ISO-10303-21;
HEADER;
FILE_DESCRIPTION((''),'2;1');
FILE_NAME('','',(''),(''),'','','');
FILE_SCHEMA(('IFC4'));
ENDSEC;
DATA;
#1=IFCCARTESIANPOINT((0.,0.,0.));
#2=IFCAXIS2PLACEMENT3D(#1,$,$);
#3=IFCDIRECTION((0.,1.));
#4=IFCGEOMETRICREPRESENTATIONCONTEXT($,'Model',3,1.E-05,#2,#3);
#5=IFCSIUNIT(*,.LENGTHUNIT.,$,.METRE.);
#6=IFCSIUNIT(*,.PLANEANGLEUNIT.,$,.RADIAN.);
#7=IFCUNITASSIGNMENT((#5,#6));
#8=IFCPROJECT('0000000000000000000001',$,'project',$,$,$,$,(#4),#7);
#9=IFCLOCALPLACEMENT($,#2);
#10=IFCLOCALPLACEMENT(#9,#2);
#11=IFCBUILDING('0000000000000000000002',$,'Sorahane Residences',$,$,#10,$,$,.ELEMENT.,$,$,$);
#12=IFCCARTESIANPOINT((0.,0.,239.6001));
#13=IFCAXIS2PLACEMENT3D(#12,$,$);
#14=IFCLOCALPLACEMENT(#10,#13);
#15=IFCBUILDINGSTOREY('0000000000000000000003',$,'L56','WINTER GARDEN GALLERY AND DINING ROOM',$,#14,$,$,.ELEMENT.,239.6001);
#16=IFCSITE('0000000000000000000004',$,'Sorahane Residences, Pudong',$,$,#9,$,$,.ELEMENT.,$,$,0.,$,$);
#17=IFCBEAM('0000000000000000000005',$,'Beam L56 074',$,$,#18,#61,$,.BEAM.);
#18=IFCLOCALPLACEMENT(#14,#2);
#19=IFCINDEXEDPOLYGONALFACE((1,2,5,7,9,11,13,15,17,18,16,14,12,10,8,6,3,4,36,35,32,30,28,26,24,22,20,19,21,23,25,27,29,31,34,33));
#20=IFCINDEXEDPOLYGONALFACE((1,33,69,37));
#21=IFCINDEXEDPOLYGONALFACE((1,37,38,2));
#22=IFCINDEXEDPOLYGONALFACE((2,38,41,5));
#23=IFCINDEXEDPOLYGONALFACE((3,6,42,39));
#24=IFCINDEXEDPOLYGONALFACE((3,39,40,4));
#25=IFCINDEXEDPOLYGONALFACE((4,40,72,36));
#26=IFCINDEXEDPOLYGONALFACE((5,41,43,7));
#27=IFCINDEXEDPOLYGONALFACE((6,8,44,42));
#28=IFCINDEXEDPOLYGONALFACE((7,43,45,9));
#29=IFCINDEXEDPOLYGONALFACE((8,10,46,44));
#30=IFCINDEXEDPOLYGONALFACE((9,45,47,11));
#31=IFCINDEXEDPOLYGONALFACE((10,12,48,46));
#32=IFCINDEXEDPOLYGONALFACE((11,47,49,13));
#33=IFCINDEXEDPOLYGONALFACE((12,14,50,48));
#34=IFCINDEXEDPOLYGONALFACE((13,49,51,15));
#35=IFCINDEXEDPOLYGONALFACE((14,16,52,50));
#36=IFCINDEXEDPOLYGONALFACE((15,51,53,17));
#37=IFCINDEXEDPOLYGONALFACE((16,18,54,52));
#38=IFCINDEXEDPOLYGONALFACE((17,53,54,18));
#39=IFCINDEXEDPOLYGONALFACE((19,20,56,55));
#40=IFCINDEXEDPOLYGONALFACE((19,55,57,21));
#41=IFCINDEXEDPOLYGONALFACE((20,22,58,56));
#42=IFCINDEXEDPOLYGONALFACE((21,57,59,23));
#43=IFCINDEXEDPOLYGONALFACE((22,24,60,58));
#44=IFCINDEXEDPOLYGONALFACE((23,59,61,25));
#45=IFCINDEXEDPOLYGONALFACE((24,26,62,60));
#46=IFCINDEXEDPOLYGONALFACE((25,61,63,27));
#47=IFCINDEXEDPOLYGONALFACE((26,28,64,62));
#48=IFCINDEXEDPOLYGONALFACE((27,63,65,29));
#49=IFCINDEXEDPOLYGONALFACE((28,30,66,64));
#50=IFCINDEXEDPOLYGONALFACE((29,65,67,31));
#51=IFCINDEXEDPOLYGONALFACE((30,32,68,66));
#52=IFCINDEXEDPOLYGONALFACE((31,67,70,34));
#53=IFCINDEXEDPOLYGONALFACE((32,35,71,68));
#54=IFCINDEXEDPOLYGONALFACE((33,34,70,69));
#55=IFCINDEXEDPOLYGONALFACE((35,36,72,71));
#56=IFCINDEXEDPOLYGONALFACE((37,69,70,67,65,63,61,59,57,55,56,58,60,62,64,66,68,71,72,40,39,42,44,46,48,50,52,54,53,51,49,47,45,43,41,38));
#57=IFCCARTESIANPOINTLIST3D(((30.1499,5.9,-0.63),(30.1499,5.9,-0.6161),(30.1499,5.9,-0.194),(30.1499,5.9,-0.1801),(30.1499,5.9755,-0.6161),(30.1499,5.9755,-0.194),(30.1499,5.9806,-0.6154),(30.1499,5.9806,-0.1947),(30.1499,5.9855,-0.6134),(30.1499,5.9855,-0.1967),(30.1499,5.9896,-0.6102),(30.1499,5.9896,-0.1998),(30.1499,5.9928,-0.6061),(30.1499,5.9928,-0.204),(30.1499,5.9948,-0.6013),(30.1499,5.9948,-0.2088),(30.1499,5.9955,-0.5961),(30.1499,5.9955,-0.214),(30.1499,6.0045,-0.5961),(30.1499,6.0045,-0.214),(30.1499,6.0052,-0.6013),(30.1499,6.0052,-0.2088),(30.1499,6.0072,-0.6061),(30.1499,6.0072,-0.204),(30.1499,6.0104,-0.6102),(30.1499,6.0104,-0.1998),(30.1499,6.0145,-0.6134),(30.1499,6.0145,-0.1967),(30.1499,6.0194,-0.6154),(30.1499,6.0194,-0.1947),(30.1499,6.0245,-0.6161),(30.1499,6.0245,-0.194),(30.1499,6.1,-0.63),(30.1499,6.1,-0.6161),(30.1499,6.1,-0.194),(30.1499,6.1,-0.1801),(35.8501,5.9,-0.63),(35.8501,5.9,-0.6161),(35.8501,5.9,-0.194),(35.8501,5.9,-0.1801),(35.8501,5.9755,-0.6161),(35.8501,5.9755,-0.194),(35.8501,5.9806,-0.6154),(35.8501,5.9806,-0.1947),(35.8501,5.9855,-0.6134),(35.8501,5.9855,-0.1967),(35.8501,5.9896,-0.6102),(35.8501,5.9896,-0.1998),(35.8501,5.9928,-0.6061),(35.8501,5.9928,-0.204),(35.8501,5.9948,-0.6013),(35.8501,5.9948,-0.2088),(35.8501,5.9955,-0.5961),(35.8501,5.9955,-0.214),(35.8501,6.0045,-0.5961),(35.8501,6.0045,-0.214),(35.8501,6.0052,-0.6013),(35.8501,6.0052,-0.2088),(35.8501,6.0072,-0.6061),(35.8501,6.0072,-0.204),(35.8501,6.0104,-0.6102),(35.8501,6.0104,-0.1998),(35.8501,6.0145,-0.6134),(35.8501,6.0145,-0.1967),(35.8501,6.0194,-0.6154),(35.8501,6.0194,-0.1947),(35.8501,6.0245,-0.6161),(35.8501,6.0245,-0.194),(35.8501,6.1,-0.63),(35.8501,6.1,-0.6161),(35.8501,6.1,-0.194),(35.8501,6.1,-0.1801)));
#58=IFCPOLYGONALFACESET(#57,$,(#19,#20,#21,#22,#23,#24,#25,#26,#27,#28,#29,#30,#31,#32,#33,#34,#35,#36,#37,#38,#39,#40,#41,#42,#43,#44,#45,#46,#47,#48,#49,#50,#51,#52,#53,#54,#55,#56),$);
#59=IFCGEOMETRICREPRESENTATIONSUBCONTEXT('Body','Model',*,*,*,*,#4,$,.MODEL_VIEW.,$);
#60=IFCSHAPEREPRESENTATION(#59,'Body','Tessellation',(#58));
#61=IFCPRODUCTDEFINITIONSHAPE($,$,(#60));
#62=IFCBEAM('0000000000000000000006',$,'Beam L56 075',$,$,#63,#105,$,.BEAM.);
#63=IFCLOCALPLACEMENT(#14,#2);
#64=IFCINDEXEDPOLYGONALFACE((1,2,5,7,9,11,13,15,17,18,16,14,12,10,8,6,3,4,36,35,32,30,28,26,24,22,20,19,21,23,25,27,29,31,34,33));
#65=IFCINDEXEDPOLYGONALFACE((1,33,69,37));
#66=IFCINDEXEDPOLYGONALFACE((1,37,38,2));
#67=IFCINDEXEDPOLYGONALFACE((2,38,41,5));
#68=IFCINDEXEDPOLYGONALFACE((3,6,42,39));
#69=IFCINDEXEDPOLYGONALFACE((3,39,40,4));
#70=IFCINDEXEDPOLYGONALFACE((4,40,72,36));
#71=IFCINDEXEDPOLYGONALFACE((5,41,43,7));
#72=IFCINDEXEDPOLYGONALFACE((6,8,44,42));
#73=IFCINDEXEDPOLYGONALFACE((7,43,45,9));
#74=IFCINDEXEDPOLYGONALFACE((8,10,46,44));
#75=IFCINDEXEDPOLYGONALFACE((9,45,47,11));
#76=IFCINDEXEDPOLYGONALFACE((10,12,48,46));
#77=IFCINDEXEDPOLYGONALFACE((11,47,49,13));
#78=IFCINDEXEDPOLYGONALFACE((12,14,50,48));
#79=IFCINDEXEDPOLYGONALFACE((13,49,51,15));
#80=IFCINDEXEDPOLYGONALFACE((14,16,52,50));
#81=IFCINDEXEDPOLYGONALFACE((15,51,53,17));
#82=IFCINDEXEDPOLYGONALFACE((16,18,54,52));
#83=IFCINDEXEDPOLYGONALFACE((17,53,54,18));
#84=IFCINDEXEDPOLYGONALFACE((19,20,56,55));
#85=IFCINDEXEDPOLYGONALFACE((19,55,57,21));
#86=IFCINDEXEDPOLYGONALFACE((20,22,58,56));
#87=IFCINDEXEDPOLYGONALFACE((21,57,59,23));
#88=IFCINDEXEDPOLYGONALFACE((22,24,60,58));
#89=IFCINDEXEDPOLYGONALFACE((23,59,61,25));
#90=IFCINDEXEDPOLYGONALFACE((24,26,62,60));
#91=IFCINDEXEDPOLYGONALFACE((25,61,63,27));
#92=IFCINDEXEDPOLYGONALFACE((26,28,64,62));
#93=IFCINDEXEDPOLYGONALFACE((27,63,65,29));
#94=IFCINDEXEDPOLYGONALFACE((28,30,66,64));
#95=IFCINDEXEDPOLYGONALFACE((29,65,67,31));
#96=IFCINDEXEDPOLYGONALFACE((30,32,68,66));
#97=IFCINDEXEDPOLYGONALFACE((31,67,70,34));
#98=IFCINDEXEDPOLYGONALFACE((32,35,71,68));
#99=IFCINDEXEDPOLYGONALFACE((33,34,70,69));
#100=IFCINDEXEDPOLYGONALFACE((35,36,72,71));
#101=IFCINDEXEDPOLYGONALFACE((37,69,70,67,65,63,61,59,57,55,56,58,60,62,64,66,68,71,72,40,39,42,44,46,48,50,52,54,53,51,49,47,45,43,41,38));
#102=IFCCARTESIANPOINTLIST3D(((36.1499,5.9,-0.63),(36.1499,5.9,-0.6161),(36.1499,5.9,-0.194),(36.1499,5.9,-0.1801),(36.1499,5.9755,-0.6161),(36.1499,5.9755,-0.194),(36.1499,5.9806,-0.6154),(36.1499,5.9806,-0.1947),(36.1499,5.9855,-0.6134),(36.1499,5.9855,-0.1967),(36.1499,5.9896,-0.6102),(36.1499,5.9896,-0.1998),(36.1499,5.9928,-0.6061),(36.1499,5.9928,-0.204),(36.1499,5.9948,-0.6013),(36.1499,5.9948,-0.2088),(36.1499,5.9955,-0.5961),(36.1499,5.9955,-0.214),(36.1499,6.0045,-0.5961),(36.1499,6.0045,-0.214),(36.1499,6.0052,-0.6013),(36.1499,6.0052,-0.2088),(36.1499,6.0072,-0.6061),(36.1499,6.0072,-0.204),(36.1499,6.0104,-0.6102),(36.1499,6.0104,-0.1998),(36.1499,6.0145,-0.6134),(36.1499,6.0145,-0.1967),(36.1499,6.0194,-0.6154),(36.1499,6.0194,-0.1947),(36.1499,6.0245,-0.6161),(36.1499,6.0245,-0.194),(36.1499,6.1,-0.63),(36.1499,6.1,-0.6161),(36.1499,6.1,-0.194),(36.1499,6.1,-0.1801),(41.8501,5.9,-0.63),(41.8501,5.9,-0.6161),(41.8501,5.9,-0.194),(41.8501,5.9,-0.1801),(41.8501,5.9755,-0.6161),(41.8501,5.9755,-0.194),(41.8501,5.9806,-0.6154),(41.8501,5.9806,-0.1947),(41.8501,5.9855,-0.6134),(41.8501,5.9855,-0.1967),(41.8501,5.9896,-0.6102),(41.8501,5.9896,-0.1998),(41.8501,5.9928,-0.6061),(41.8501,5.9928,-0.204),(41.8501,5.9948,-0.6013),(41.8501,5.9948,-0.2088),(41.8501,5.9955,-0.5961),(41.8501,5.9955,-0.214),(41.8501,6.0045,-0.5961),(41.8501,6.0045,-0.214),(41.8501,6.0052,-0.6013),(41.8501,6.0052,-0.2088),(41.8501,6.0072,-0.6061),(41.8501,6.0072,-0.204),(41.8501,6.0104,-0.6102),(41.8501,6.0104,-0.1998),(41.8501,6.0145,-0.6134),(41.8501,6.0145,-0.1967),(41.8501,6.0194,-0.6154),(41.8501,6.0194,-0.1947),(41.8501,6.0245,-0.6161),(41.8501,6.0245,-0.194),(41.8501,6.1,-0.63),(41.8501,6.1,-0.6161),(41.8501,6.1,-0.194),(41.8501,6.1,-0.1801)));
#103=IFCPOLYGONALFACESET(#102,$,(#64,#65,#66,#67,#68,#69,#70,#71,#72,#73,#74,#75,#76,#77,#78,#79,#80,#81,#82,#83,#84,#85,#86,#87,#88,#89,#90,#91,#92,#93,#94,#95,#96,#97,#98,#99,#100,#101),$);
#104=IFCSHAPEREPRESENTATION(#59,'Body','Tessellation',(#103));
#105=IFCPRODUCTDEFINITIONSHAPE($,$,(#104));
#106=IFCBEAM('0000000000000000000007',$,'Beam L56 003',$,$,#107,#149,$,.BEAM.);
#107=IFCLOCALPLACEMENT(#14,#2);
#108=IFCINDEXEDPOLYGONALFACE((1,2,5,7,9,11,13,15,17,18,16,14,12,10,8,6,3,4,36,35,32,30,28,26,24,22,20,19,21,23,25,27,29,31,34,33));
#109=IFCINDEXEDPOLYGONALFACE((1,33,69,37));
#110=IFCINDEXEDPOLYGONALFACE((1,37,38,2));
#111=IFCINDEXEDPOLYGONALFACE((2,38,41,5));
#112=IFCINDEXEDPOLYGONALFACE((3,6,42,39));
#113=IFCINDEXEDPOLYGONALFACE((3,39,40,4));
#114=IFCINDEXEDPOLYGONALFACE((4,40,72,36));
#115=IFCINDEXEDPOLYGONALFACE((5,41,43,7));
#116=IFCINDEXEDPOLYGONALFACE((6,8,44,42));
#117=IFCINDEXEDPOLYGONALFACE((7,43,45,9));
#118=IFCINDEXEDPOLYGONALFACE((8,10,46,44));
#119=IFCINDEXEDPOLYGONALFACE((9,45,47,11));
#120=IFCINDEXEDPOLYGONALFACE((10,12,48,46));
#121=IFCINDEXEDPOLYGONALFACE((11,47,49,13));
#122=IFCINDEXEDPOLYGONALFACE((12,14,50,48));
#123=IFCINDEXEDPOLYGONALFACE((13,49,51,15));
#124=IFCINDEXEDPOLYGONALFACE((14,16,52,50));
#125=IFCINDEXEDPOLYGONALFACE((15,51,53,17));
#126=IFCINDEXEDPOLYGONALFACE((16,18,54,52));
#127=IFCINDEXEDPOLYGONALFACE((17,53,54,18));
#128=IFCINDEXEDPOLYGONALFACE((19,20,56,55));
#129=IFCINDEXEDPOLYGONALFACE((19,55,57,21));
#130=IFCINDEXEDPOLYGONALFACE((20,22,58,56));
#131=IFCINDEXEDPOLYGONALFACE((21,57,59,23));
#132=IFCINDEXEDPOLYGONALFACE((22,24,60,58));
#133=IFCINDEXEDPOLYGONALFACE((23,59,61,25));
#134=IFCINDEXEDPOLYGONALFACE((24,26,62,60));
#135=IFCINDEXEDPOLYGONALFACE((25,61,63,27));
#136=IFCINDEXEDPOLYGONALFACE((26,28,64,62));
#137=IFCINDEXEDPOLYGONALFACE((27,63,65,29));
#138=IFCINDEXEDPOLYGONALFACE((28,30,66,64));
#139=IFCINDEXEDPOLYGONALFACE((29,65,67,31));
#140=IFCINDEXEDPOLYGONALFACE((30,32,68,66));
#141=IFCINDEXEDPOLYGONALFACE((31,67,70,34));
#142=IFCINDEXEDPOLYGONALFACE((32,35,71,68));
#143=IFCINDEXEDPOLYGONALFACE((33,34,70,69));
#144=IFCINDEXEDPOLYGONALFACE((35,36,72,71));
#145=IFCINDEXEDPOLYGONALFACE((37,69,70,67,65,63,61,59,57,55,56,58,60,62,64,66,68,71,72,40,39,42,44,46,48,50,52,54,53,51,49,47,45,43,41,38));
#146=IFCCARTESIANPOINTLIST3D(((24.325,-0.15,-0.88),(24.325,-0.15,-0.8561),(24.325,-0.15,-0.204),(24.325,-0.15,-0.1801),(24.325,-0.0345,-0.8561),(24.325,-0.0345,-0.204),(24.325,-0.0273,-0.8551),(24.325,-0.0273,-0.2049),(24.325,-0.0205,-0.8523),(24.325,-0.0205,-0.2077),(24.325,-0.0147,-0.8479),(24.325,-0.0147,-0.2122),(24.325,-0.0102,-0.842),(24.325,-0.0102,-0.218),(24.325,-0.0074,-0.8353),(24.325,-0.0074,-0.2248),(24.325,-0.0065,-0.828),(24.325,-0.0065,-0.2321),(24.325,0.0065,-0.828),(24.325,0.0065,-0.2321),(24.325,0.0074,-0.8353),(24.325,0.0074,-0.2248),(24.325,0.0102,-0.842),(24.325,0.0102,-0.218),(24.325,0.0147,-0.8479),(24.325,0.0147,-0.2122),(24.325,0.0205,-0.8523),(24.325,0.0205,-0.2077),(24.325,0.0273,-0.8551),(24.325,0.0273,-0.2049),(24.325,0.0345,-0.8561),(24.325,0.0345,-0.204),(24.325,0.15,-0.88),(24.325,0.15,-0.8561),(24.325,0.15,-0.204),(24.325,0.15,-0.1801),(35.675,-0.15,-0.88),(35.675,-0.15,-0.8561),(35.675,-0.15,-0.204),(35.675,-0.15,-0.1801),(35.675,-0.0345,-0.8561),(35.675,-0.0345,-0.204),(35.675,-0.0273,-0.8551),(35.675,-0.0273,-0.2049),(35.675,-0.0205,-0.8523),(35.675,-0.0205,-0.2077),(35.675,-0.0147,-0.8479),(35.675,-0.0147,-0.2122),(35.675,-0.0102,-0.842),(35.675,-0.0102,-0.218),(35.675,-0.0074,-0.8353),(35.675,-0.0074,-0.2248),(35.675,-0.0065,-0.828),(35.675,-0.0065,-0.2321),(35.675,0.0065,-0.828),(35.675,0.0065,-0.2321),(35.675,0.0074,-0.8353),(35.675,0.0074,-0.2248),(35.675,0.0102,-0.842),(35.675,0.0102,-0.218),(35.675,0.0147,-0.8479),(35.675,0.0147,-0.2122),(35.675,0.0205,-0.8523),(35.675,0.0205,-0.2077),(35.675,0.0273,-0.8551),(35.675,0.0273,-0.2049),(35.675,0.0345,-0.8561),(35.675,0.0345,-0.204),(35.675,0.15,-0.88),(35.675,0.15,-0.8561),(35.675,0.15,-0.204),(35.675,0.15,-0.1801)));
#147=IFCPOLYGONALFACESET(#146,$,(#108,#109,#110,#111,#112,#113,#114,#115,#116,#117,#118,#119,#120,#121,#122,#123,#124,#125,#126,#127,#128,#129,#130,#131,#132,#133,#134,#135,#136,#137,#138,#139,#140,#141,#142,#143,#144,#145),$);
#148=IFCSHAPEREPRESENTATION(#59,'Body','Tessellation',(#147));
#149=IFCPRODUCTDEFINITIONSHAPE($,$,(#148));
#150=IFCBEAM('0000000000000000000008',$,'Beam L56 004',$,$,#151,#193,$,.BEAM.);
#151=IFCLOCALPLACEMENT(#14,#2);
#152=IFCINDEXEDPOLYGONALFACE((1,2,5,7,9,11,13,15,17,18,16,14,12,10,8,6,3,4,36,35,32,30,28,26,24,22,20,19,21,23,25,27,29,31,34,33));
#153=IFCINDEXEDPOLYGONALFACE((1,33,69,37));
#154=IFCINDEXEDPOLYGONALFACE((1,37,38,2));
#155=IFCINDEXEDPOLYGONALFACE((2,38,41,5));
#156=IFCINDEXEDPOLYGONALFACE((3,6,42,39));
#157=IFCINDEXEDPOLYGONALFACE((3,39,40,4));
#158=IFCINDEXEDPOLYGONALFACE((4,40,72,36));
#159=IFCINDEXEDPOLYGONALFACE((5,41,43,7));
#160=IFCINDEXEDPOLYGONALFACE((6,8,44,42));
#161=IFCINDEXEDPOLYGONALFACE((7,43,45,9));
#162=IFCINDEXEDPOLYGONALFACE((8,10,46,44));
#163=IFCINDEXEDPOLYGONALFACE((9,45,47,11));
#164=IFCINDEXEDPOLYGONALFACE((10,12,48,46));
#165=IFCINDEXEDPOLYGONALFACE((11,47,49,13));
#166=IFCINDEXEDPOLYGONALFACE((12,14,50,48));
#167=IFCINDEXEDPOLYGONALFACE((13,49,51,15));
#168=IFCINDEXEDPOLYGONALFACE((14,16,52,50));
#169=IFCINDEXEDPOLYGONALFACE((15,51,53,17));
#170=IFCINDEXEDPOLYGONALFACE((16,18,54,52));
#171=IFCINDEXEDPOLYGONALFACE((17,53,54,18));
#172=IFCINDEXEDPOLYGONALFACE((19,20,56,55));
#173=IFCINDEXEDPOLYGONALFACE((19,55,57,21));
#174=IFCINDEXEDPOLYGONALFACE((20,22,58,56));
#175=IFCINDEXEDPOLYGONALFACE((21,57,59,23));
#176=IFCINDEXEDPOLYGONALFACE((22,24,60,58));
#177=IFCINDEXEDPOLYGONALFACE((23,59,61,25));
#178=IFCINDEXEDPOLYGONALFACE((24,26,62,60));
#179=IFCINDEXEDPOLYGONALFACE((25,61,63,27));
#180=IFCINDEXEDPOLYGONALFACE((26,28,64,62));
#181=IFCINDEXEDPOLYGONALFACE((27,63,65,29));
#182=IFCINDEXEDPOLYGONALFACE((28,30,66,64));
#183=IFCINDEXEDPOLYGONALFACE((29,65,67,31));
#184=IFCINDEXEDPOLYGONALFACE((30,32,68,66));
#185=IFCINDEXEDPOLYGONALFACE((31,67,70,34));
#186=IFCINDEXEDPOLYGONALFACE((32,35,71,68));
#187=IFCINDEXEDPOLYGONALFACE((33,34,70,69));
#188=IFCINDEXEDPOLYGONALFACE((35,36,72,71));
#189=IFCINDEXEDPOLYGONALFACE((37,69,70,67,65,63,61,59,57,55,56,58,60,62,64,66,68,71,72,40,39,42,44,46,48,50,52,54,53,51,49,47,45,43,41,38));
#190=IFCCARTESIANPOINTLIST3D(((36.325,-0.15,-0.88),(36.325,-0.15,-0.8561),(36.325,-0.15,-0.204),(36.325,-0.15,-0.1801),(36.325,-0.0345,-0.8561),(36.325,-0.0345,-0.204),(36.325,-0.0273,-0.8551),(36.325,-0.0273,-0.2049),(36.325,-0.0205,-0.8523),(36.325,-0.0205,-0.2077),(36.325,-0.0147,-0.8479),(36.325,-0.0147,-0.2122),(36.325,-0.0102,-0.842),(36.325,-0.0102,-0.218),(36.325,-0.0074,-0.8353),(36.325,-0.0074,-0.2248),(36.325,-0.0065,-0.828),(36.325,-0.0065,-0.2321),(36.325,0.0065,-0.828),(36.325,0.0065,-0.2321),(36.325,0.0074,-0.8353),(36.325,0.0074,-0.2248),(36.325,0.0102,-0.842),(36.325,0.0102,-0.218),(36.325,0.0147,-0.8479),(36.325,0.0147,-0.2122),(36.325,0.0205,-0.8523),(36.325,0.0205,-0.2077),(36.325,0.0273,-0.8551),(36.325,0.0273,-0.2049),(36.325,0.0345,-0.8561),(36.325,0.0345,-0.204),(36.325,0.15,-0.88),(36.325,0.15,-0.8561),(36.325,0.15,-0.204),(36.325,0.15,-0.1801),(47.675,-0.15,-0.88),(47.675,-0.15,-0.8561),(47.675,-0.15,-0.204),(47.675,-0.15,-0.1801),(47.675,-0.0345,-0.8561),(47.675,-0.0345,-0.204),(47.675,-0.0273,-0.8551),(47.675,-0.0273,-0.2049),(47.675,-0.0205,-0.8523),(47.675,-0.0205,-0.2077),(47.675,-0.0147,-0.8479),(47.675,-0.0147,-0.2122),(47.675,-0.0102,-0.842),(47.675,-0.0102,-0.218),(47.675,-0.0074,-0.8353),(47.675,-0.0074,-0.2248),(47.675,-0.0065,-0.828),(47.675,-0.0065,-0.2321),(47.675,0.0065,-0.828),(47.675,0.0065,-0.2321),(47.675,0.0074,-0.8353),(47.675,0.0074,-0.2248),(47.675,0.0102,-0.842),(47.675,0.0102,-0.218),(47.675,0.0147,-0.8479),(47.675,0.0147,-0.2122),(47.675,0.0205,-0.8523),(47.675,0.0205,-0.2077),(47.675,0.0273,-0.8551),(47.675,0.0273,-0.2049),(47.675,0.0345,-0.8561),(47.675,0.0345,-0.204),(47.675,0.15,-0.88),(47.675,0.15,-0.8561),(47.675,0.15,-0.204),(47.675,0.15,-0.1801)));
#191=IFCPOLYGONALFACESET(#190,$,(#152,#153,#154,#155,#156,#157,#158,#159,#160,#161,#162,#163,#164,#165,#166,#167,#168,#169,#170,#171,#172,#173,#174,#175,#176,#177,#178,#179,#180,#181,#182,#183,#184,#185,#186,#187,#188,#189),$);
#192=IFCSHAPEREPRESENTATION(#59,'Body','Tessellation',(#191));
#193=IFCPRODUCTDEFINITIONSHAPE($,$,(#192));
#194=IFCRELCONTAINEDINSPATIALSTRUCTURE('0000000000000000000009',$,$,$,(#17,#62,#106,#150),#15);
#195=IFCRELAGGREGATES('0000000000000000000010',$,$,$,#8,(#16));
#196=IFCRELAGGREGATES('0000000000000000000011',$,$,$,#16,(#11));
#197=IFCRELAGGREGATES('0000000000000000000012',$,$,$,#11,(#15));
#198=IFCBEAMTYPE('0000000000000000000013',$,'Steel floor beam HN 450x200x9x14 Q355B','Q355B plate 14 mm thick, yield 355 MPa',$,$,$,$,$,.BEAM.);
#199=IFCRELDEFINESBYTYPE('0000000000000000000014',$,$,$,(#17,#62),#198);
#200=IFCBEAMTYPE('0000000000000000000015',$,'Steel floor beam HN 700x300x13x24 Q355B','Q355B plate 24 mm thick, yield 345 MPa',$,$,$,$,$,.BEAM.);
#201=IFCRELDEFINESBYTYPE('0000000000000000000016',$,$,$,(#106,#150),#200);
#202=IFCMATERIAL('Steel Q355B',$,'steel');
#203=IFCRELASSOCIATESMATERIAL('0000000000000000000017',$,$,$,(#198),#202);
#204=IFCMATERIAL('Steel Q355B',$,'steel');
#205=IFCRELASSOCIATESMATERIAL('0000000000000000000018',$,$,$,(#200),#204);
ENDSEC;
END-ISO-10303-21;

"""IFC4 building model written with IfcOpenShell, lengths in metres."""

from ifc_helpers import new_model, si_unit, direction, frame, origin, origin_2d, place, context, subcontext, project, spatial, i_section, extrude, material, material_profile, profile_set, type_object, element, save


model = new_model("IFC4")

# Units and contexts
model_context = context("Model", 3, precision=1e-05, world=origin(), true_north=direction((0.0, 1.0)))
body_context = subcontext(model_context, "Body", "Model", "MODEL_VIEW")
ifc_project = project(units=[si_unit("LENGTHUNIT", "METRE"), si_unit("PLANEANGLEUNIT", "RADIAN")], contexts=[model_context])

# Site, building, storey
site_placement = place(None, origin())
site = spatial("IfcSite", under=ifc_project, at=site_placement, Name="Sorahane Residences, Pudong", CompositionType="ELEMENT", RefElevation=0.0)
building_placement = place(site_placement, origin())
building = spatial("IfcBuilding", under=site, at=building_placement, Name="Sorahane Residences", CompositionType="ELEMENT")
storey_placement = place(building_placement, frame((0.0, 0.0, 239.6001)))
storey = spatial("IfcBuildingStorey", under=building, at=storey_placement, Name="L56", Description="WINTER GARDEN GALLERY AND DINING ROOM", CompositionType="ELEMENT", Elevation=239.6001)

# Beams
ifc_material_1 = material(Name="Steel Q355B", Category="steel")
ifc_material_profile_1 = material_profile(ifc_material_1, i_section(OverallWidth=0.2, OverallDepth=0.45, WebThickness=0.009, FlangeThickness=0.0139, FilletRadius=0.02, at=origin_2d()), Name="HN 450x200x9x14")
ifc_profile_set_1 = profile_set([ifc_material_profile_1], Name="Steel Q355B")
beam_type_1 = type_object("IfcBeamType", Name="Steel floor beam HN 450x200x9x14 Q355B", Description="Q355B plate 14 mm thick, yield 355 MPa", PredefinedType="BEAM", material=ifc_profile_set_1)
for number, where, z_axis, x_axis, name in (
    (1, (30.1499, 6.0, -0.405), (1.0, 0.0, 0.0), (0.0, 1.0, 0.0), "Beam L56 074"),
    (2, (36.1499, 6.0, -0.405), (1.0, 0.0, 0.0), (0.0, 1.0, 0.0), "Beam L56 075"),
):
    element("IfcBeam", number, at=place(storey_placement, frame(where, z_axis=z_axis, x_axis=x_axis)), inside=storey, type_object=beam_type_1, Name=name, PredefinedType="BEAM", context=body_context, shape_type="SweptSolid", body=[
        extrude(i_section(OverallWidth=0.2, OverallDepth=0.45, WebThickness=0.009, FlangeThickness=0.0139, FilletRadius=0.02, at=origin_2d()), origin(), (0.0, 0.0, 1.0), 5.7002),
    ])
ifc_material_2 = material(Name="Steel Q355B", Category="steel")
ifc_material_profile_2 = material_profile(ifc_material_2, i_section(OverallWidth=0.3, OverallDepth=0.7, WebThickness=0.0129, FlangeThickness=0.0239, FilletRadius=0.0281, at=origin_2d()), Name="HN 700x300x13x24")
ifc_profile_set_2 = profile_set([ifc_material_profile_2], Name="Steel Q355B")
beam_type_2 = type_object("IfcBeamType", Name="Steel floor beam HN 700x300x13x24 Q355B", Description="Q355B plate 24 mm thick, yield 345 MPa", PredefinedType="BEAM", material=ifc_profile_set_2)
for number, where, z_axis, x_axis, name in (
    (3, (24.325, 0.0, -0.53), (1.0, 0.0, 0.0), (0.0, 1.0, 0.0), "Beam L56 003"),
    (4, (36.325, 0.0, -0.53), (1.0, 0.0, 0.0), (0.0, 1.0, 0.0), "Beam L56 004"),
):
    element("IfcBeam", number, at=place(storey_placement, frame(where, z_axis=z_axis, x_axis=x_axis)), inside=storey, type_object=beam_type_2, Name=name, PredefinedType="BEAM", context=body_context, shape_type="SweptSolid", body=[
        extrude(i_section(OverallWidth=0.3, OverallDepth=0.7, WebThickness=0.0129, FlangeThickness=0.0239, FilletRadius=0.0281, at=origin_2d()), origin(), (0.0, 0.0, 1.0), 11.3501),
    ])

save(model, "model.ifc")
